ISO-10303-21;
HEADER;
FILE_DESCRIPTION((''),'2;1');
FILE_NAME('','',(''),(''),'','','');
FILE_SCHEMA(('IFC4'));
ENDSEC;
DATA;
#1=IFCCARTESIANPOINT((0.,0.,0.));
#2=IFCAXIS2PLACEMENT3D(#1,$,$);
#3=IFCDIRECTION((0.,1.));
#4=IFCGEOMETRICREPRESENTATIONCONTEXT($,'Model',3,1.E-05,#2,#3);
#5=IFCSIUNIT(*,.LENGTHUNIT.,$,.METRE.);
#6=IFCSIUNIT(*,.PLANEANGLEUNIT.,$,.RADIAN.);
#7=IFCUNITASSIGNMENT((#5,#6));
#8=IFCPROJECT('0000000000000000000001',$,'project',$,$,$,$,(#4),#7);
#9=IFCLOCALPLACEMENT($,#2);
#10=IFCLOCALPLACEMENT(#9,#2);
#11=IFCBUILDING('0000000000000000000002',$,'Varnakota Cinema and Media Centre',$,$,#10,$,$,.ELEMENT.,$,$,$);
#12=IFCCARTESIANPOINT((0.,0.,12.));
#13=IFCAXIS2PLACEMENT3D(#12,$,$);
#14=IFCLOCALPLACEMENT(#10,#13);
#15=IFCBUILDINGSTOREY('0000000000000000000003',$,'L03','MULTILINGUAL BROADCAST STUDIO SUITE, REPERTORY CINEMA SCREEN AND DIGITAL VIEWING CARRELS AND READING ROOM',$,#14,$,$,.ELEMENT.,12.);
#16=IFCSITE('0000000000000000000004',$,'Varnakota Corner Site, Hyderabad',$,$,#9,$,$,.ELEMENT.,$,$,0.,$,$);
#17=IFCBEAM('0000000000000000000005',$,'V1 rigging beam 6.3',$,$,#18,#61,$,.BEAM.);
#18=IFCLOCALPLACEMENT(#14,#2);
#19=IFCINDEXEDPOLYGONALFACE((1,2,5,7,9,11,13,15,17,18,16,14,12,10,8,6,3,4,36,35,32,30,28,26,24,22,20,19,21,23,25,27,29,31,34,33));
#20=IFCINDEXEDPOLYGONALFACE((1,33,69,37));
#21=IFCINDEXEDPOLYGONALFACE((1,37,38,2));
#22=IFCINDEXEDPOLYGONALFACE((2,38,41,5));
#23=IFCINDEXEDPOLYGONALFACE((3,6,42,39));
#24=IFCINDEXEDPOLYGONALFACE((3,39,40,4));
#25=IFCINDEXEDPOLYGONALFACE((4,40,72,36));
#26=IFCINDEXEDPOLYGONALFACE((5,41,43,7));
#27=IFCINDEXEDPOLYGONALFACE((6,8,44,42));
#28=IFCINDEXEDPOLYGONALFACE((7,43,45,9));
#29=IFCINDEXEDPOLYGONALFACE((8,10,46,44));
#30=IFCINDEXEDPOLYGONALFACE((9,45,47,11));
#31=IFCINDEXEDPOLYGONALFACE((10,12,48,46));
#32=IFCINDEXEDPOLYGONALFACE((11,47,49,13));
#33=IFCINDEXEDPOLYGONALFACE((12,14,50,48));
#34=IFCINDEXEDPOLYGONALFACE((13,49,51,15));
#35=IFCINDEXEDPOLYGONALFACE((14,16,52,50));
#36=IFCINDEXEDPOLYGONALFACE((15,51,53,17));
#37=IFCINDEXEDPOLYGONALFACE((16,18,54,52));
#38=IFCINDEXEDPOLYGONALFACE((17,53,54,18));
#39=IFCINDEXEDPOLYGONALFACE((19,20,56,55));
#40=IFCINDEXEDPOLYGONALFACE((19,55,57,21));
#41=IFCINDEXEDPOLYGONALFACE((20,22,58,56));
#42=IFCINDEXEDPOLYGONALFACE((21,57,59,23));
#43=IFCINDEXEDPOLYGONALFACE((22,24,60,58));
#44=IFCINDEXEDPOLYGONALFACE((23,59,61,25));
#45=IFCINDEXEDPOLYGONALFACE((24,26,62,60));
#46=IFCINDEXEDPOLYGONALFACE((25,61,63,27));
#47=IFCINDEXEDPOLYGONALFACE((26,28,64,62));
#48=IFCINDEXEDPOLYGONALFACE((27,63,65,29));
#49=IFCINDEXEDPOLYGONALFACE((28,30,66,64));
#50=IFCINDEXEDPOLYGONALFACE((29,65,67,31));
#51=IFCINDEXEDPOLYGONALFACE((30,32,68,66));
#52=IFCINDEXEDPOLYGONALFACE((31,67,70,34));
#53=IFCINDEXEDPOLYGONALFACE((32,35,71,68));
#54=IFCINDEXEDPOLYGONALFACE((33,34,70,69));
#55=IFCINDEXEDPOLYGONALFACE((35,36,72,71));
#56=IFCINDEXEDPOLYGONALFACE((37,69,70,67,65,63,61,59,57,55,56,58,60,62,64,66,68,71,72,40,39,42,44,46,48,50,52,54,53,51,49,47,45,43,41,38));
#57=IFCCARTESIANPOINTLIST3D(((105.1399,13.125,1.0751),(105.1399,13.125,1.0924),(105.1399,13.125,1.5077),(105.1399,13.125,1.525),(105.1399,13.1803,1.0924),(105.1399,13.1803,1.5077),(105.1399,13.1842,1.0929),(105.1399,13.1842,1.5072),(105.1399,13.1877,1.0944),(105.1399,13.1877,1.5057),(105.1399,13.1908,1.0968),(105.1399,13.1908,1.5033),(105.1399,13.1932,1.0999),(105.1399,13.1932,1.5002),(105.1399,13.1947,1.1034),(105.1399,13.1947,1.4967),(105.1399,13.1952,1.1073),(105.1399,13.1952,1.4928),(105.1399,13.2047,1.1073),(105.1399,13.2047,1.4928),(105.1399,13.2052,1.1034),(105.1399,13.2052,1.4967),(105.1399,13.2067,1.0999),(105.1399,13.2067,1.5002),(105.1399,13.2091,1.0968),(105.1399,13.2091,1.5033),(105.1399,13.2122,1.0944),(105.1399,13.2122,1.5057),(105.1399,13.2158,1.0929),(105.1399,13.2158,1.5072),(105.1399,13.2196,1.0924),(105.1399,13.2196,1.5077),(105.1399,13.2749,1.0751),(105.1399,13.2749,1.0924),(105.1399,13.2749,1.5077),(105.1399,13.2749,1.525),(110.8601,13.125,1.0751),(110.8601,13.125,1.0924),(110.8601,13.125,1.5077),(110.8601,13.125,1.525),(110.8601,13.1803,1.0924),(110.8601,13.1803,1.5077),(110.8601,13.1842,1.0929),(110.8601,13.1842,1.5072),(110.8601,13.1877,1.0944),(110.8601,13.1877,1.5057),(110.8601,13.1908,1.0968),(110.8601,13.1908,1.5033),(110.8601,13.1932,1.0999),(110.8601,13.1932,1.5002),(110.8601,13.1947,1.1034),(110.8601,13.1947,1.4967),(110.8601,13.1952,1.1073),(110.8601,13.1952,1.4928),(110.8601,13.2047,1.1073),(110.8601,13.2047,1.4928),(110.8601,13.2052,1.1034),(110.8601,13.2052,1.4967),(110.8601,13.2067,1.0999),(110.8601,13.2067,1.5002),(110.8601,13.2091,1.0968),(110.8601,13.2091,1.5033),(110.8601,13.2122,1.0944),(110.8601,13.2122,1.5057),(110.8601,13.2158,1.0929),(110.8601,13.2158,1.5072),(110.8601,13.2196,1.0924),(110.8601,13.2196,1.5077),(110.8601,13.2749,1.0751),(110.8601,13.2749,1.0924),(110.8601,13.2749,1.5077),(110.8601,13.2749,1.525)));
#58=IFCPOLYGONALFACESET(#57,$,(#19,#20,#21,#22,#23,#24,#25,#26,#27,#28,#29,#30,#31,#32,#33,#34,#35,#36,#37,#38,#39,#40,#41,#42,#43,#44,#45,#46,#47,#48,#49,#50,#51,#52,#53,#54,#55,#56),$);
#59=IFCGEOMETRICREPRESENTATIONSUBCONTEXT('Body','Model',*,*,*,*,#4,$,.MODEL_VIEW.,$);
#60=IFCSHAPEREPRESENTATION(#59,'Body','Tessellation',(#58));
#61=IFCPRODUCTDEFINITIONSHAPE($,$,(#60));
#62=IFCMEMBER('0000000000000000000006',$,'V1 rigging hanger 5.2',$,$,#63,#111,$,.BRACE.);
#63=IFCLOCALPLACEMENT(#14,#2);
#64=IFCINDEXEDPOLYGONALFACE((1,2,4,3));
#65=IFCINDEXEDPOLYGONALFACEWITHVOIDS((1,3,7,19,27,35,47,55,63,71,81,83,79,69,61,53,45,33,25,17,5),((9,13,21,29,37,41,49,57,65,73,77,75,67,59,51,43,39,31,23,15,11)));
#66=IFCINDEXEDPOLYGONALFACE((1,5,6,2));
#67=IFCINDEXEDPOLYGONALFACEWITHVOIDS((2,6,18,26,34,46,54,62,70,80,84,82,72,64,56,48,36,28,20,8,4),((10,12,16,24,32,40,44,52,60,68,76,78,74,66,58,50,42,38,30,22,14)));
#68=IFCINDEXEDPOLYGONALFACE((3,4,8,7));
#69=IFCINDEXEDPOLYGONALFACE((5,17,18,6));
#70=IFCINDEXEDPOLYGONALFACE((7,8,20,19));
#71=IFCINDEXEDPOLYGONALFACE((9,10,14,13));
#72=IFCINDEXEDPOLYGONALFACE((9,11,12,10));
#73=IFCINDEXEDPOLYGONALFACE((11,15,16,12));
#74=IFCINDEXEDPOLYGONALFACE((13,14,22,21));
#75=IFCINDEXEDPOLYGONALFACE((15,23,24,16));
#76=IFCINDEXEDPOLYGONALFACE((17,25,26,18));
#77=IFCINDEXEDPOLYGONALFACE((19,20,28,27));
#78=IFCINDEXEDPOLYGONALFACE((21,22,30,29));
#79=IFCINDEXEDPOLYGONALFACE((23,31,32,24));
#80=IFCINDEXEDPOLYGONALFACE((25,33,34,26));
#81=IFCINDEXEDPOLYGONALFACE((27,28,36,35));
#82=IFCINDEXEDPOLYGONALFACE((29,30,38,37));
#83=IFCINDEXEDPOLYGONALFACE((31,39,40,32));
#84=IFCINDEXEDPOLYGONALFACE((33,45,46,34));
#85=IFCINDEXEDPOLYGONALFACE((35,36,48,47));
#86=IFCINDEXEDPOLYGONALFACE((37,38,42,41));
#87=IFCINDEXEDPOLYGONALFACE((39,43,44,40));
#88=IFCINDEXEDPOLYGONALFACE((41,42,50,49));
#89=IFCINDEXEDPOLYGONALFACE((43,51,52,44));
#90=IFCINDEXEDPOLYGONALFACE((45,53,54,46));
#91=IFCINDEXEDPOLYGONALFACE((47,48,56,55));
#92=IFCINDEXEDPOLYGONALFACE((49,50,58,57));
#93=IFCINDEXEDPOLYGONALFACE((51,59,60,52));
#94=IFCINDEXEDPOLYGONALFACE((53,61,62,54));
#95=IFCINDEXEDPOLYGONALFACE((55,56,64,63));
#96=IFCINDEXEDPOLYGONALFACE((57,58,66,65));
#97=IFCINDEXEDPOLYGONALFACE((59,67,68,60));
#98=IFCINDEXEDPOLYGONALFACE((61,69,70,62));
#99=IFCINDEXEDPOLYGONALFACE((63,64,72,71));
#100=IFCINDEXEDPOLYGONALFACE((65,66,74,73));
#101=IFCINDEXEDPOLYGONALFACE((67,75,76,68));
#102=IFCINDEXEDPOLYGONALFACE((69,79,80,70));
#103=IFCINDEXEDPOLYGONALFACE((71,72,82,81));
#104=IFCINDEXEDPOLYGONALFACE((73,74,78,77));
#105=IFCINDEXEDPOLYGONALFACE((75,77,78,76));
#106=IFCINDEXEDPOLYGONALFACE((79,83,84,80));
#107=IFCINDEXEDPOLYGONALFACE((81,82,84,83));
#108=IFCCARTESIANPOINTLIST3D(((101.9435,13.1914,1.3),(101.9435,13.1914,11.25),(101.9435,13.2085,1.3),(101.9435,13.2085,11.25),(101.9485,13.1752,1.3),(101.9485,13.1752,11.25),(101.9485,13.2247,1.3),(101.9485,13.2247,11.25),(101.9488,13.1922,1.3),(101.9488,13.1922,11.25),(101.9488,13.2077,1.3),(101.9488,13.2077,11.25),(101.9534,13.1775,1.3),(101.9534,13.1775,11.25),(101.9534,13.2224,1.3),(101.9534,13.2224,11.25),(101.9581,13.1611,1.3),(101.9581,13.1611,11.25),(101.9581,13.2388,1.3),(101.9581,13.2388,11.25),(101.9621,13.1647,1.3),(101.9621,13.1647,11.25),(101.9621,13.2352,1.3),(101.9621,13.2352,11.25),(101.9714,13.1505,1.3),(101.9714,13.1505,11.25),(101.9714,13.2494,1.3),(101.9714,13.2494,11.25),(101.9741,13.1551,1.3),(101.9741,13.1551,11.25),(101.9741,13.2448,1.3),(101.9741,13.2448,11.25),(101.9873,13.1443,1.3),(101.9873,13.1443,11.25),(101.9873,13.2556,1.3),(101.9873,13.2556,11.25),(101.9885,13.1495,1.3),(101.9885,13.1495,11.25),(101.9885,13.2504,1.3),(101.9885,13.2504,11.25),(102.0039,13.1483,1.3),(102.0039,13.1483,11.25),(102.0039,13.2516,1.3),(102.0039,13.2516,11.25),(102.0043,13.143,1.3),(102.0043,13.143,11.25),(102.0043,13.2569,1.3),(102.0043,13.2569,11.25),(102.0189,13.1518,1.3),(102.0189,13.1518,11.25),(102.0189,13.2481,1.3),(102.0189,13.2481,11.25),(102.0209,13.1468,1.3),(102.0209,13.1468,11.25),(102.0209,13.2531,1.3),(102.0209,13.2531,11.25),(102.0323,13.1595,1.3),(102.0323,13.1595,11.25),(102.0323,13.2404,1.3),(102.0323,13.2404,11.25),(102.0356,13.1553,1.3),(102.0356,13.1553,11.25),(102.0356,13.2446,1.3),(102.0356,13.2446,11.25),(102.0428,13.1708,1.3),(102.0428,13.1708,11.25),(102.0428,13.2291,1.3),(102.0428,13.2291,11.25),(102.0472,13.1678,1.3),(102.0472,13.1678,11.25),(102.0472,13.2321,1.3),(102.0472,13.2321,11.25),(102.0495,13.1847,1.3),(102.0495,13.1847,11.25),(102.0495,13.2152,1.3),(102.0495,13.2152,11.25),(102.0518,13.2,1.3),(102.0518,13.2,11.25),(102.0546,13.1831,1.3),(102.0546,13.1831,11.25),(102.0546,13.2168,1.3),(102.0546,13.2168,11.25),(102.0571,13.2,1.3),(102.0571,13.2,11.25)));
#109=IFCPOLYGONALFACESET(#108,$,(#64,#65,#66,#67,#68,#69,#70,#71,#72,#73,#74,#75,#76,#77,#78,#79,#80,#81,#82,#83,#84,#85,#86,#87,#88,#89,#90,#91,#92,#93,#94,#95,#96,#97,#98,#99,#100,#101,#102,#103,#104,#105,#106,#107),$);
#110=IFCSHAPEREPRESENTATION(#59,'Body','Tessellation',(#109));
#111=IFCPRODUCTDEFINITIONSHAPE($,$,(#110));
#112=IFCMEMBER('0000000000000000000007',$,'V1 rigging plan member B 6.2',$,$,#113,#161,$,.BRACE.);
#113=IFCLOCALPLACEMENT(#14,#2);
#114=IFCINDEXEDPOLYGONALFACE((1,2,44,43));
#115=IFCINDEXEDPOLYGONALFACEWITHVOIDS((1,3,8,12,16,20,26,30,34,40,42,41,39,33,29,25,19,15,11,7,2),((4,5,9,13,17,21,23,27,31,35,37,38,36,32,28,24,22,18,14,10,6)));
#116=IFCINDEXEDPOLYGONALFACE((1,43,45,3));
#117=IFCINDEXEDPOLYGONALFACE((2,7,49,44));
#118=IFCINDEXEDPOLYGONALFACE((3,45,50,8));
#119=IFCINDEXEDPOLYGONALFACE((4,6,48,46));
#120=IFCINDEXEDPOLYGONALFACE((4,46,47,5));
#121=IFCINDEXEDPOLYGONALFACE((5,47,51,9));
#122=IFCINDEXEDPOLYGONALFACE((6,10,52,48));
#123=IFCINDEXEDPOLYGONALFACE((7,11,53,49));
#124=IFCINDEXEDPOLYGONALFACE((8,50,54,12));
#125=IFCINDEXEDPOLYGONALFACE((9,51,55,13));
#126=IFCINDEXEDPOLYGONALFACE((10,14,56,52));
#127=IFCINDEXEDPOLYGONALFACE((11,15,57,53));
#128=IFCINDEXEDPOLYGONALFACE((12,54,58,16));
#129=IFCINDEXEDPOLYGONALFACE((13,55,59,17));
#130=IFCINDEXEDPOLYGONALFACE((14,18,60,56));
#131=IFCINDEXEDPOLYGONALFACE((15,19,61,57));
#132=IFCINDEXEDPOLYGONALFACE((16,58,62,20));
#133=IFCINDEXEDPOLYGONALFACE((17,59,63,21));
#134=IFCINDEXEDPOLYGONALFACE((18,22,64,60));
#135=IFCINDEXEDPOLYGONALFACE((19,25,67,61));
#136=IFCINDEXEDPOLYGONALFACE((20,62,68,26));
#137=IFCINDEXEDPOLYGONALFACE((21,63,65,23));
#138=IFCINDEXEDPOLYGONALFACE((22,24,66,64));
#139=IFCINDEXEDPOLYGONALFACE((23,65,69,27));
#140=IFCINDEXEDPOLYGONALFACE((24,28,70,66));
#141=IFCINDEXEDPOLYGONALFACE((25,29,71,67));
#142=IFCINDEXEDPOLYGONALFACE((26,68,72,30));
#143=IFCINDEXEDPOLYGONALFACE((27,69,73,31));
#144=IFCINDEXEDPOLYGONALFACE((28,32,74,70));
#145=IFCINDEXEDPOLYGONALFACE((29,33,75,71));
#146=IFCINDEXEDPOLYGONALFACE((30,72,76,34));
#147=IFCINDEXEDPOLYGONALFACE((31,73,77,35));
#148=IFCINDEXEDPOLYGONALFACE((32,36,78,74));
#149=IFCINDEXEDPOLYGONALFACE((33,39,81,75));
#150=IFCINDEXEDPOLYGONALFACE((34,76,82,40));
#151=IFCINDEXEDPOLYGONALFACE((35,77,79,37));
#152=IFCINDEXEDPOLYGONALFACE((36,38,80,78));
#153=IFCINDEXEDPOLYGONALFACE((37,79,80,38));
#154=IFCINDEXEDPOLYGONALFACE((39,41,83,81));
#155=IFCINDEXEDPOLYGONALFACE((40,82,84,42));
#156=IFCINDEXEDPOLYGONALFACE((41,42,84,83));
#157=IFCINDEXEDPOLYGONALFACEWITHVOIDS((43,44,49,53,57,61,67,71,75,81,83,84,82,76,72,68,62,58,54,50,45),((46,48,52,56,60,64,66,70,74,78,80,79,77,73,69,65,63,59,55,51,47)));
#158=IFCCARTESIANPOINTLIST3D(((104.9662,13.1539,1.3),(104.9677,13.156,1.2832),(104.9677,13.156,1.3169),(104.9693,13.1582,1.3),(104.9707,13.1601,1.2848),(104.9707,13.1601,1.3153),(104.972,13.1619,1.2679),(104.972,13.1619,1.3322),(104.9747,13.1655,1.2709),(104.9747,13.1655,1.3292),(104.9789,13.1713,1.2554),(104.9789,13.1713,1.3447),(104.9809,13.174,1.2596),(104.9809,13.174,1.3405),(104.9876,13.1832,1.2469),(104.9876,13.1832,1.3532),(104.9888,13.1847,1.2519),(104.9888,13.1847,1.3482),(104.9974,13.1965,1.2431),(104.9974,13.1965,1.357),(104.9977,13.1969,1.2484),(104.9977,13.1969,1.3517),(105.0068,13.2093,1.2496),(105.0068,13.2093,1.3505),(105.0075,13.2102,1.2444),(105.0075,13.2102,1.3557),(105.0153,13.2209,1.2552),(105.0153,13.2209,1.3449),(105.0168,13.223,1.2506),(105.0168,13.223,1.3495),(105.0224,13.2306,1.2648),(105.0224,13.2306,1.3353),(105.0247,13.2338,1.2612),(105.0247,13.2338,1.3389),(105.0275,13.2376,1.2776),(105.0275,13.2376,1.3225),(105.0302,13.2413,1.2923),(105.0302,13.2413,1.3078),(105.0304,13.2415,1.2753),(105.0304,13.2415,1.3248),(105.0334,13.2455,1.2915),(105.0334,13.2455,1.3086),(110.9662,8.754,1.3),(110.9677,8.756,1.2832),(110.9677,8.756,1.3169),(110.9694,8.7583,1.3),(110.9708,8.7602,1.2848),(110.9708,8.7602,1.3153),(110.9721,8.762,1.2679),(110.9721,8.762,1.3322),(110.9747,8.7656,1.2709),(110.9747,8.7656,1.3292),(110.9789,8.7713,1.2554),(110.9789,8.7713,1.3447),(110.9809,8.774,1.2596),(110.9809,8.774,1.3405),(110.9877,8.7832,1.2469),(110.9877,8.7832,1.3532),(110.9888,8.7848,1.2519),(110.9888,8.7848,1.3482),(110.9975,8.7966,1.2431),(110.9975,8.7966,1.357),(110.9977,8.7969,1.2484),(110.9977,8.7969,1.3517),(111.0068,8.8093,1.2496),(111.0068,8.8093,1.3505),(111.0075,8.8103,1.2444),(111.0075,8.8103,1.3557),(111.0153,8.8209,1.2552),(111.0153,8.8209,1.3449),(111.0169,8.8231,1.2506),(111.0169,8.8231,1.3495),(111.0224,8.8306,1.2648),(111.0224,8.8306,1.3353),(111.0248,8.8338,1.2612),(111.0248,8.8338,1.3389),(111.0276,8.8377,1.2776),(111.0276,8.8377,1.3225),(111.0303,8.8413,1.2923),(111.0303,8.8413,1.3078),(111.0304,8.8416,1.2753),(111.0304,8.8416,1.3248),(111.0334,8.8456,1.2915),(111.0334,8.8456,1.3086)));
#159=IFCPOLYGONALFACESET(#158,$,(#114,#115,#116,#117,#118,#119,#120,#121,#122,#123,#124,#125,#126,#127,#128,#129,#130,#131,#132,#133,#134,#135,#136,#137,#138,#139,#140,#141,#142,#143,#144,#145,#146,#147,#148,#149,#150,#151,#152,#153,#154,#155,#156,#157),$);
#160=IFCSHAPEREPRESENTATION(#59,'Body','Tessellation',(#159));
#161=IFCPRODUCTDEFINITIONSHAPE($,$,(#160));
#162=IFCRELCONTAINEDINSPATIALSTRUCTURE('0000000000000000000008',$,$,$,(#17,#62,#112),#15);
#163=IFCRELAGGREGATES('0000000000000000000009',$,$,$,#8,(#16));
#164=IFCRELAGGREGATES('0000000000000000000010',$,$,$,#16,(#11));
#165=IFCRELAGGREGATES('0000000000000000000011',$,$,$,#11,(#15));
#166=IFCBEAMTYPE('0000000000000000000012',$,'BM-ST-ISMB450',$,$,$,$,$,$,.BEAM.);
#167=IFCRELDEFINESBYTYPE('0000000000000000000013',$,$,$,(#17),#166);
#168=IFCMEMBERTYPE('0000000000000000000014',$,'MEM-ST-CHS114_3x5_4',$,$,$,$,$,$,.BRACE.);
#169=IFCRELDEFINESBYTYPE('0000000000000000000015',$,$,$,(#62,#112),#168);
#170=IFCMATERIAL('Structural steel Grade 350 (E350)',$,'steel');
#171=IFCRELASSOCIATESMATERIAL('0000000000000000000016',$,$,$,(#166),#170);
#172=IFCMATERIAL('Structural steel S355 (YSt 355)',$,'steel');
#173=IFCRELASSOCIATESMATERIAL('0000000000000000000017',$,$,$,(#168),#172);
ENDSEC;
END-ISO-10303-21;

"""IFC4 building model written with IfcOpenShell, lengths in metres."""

from ifc_helpers import new_model, si_unit, direction, frame, origin, origin_2d, place, context, subcontext, project, spatial, hollow_circle, i_section, extrude, material, material_profile, profile_set, type_object, element, save


model = new_model("IFC4")

# Units and contexts
model_context = context("Model", 3, precision=1e-05, world=origin(), true_north=direction((0.0, 1.0)))
body_context = subcontext(model_context, "Body", "Model", "MODEL_VIEW")
ifc_project = project(units=[si_unit("LENGTHUNIT", "METRE"), si_unit("PLANEANGLEUNIT", "RADIAN")], contexts=[model_context])

# Site, building, storey
site_placement = place(None, origin())
site = spatial("IfcSite", under=ifc_project, at=site_placement, Name="Varnakota Corner Site, Hyderabad", CompositionType="ELEMENT", RefElevation=0.0)
building_placement = place(site_placement, origin())
building = spatial("IfcBuilding", under=site, at=building_placement, Name="Varnakota Cinema and Media Centre", CompositionType="ELEMENT")
storey_placement = place(building_placement, frame((0.0, 0.0, 12.0)))
storey = spatial("IfcBuildingStorey", under=building, at=storey_placement, Name="L03", Description="MULTILINGUAL BROADCAST STUDIO SUITE, REPERTORY CINEMA SCREEN AND DIGITAL VIEWING CARRELS AND READING ROOM", CompositionType="ELEMENT", Elevation=12.0)

# Beam
ifc_material_1 = material(Name="Structural steel Grade 350 (E350)", Category="steel")
ifc_material_profile_1 = material_profile(ifc_material_1, i_section(OverallWidth=0.1499, OverallDepth=0.45, WebThickness=0.0095, FlangeThickness=0.0173, FilletRadius=0.0149, at=origin_2d()), Name="ISMB 450")
ifc_profile_set_1 = profile_set([ifc_material_profile_1], Name="Structural steel Grade 350 (E350)")
beam_type_1 = type_object("IfcBeamType", Name="BM-ST-ISMB450", PredefinedType="BEAM", material=ifc_profile_set_1)
for number, where, z_axis, x_axis, name in (
    (1, (105.1399, 13.2, 1.3), (1.0, 0.0, 0.0), (0.0, 1.0, 0.0), "V1 rigging beam 6.3"),
):
    element("IfcBeam", number, at=place(storey_placement, frame(where, z_axis=z_axis, x_axis=x_axis)), inside=storey, type_object=beam_type_1, Name=name, PredefinedType="BEAM", context=body_context, shape_type="SweptSolid", body=[
        extrude(i_section(OverallWidth=0.1499, OverallDepth=0.45, WebThickness=0.0095, FlangeThickness=0.0173, FilletRadius=0.0149, at=origin_2d()), origin(), (0.0, 0.0, 1.0), 5.7202),
    ])

# Members
ifc_material_2 = material(Name="Structural steel S355 (YSt 355)", Category="steel")
ifc_material_profile_2 = material_profile(ifc_material_2, hollow_circle(Radius=0.0571, WallThickness=0.0054, at=origin_2d()), Name="CHS 114.3x5.4")
ifc_profile_set_2 = profile_set([ifc_material_profile_2], Name="Structural steel S355 (YSt 355)")
member_type_1 = type_object("IfcMemberType", Name="MEM-ST-CHS114_3x5_4", PredefinedType="BRACE", material=ifc_profile_set_2)
member_1_placement = place(storey_placement, frame((102.0, 13.2, 1.3), z_axis=(0.0, 0.0, 1.0), x_axis=(1.0, 0.0, 0.0)))
element("IfcMember", 2, at=member_1_placement, inside=storey, type_object=member_type_1, Name="V1 rigging hanger 5.2", PredefinedType="BRACE", context=body_context, shape_type="SweptSolid", body=[
    extrude(hollow_circle(Radius=0.0571, WallThickness=0.0054, at=origin_2d()), origin(), (0.0, 0.0, 1.0), 9.95),
])
member_2_placement = place(storey_placement, frame((111.0, 8.8, 1.3), z_axis=(-0.806411, 0.591355, 0.0), x_axis=(-0.591355, -0.806411, 0.0)))
element("IfcMember", 3, at=member_2_placement, inside=storey, type_object=member_type_1, Name="V1 rigging plan member B 6.2", PredefinedType="BRACE", context=body_context, shape_type="SweptSolid", body=[
    extrude(hollow_circle(Radius=0.0571, WallThickness=0.0054, at=origin_2d()), origin(), (0.0, 0.0, 1.0), 7.4404),
])

save(model, "model.ifc")
